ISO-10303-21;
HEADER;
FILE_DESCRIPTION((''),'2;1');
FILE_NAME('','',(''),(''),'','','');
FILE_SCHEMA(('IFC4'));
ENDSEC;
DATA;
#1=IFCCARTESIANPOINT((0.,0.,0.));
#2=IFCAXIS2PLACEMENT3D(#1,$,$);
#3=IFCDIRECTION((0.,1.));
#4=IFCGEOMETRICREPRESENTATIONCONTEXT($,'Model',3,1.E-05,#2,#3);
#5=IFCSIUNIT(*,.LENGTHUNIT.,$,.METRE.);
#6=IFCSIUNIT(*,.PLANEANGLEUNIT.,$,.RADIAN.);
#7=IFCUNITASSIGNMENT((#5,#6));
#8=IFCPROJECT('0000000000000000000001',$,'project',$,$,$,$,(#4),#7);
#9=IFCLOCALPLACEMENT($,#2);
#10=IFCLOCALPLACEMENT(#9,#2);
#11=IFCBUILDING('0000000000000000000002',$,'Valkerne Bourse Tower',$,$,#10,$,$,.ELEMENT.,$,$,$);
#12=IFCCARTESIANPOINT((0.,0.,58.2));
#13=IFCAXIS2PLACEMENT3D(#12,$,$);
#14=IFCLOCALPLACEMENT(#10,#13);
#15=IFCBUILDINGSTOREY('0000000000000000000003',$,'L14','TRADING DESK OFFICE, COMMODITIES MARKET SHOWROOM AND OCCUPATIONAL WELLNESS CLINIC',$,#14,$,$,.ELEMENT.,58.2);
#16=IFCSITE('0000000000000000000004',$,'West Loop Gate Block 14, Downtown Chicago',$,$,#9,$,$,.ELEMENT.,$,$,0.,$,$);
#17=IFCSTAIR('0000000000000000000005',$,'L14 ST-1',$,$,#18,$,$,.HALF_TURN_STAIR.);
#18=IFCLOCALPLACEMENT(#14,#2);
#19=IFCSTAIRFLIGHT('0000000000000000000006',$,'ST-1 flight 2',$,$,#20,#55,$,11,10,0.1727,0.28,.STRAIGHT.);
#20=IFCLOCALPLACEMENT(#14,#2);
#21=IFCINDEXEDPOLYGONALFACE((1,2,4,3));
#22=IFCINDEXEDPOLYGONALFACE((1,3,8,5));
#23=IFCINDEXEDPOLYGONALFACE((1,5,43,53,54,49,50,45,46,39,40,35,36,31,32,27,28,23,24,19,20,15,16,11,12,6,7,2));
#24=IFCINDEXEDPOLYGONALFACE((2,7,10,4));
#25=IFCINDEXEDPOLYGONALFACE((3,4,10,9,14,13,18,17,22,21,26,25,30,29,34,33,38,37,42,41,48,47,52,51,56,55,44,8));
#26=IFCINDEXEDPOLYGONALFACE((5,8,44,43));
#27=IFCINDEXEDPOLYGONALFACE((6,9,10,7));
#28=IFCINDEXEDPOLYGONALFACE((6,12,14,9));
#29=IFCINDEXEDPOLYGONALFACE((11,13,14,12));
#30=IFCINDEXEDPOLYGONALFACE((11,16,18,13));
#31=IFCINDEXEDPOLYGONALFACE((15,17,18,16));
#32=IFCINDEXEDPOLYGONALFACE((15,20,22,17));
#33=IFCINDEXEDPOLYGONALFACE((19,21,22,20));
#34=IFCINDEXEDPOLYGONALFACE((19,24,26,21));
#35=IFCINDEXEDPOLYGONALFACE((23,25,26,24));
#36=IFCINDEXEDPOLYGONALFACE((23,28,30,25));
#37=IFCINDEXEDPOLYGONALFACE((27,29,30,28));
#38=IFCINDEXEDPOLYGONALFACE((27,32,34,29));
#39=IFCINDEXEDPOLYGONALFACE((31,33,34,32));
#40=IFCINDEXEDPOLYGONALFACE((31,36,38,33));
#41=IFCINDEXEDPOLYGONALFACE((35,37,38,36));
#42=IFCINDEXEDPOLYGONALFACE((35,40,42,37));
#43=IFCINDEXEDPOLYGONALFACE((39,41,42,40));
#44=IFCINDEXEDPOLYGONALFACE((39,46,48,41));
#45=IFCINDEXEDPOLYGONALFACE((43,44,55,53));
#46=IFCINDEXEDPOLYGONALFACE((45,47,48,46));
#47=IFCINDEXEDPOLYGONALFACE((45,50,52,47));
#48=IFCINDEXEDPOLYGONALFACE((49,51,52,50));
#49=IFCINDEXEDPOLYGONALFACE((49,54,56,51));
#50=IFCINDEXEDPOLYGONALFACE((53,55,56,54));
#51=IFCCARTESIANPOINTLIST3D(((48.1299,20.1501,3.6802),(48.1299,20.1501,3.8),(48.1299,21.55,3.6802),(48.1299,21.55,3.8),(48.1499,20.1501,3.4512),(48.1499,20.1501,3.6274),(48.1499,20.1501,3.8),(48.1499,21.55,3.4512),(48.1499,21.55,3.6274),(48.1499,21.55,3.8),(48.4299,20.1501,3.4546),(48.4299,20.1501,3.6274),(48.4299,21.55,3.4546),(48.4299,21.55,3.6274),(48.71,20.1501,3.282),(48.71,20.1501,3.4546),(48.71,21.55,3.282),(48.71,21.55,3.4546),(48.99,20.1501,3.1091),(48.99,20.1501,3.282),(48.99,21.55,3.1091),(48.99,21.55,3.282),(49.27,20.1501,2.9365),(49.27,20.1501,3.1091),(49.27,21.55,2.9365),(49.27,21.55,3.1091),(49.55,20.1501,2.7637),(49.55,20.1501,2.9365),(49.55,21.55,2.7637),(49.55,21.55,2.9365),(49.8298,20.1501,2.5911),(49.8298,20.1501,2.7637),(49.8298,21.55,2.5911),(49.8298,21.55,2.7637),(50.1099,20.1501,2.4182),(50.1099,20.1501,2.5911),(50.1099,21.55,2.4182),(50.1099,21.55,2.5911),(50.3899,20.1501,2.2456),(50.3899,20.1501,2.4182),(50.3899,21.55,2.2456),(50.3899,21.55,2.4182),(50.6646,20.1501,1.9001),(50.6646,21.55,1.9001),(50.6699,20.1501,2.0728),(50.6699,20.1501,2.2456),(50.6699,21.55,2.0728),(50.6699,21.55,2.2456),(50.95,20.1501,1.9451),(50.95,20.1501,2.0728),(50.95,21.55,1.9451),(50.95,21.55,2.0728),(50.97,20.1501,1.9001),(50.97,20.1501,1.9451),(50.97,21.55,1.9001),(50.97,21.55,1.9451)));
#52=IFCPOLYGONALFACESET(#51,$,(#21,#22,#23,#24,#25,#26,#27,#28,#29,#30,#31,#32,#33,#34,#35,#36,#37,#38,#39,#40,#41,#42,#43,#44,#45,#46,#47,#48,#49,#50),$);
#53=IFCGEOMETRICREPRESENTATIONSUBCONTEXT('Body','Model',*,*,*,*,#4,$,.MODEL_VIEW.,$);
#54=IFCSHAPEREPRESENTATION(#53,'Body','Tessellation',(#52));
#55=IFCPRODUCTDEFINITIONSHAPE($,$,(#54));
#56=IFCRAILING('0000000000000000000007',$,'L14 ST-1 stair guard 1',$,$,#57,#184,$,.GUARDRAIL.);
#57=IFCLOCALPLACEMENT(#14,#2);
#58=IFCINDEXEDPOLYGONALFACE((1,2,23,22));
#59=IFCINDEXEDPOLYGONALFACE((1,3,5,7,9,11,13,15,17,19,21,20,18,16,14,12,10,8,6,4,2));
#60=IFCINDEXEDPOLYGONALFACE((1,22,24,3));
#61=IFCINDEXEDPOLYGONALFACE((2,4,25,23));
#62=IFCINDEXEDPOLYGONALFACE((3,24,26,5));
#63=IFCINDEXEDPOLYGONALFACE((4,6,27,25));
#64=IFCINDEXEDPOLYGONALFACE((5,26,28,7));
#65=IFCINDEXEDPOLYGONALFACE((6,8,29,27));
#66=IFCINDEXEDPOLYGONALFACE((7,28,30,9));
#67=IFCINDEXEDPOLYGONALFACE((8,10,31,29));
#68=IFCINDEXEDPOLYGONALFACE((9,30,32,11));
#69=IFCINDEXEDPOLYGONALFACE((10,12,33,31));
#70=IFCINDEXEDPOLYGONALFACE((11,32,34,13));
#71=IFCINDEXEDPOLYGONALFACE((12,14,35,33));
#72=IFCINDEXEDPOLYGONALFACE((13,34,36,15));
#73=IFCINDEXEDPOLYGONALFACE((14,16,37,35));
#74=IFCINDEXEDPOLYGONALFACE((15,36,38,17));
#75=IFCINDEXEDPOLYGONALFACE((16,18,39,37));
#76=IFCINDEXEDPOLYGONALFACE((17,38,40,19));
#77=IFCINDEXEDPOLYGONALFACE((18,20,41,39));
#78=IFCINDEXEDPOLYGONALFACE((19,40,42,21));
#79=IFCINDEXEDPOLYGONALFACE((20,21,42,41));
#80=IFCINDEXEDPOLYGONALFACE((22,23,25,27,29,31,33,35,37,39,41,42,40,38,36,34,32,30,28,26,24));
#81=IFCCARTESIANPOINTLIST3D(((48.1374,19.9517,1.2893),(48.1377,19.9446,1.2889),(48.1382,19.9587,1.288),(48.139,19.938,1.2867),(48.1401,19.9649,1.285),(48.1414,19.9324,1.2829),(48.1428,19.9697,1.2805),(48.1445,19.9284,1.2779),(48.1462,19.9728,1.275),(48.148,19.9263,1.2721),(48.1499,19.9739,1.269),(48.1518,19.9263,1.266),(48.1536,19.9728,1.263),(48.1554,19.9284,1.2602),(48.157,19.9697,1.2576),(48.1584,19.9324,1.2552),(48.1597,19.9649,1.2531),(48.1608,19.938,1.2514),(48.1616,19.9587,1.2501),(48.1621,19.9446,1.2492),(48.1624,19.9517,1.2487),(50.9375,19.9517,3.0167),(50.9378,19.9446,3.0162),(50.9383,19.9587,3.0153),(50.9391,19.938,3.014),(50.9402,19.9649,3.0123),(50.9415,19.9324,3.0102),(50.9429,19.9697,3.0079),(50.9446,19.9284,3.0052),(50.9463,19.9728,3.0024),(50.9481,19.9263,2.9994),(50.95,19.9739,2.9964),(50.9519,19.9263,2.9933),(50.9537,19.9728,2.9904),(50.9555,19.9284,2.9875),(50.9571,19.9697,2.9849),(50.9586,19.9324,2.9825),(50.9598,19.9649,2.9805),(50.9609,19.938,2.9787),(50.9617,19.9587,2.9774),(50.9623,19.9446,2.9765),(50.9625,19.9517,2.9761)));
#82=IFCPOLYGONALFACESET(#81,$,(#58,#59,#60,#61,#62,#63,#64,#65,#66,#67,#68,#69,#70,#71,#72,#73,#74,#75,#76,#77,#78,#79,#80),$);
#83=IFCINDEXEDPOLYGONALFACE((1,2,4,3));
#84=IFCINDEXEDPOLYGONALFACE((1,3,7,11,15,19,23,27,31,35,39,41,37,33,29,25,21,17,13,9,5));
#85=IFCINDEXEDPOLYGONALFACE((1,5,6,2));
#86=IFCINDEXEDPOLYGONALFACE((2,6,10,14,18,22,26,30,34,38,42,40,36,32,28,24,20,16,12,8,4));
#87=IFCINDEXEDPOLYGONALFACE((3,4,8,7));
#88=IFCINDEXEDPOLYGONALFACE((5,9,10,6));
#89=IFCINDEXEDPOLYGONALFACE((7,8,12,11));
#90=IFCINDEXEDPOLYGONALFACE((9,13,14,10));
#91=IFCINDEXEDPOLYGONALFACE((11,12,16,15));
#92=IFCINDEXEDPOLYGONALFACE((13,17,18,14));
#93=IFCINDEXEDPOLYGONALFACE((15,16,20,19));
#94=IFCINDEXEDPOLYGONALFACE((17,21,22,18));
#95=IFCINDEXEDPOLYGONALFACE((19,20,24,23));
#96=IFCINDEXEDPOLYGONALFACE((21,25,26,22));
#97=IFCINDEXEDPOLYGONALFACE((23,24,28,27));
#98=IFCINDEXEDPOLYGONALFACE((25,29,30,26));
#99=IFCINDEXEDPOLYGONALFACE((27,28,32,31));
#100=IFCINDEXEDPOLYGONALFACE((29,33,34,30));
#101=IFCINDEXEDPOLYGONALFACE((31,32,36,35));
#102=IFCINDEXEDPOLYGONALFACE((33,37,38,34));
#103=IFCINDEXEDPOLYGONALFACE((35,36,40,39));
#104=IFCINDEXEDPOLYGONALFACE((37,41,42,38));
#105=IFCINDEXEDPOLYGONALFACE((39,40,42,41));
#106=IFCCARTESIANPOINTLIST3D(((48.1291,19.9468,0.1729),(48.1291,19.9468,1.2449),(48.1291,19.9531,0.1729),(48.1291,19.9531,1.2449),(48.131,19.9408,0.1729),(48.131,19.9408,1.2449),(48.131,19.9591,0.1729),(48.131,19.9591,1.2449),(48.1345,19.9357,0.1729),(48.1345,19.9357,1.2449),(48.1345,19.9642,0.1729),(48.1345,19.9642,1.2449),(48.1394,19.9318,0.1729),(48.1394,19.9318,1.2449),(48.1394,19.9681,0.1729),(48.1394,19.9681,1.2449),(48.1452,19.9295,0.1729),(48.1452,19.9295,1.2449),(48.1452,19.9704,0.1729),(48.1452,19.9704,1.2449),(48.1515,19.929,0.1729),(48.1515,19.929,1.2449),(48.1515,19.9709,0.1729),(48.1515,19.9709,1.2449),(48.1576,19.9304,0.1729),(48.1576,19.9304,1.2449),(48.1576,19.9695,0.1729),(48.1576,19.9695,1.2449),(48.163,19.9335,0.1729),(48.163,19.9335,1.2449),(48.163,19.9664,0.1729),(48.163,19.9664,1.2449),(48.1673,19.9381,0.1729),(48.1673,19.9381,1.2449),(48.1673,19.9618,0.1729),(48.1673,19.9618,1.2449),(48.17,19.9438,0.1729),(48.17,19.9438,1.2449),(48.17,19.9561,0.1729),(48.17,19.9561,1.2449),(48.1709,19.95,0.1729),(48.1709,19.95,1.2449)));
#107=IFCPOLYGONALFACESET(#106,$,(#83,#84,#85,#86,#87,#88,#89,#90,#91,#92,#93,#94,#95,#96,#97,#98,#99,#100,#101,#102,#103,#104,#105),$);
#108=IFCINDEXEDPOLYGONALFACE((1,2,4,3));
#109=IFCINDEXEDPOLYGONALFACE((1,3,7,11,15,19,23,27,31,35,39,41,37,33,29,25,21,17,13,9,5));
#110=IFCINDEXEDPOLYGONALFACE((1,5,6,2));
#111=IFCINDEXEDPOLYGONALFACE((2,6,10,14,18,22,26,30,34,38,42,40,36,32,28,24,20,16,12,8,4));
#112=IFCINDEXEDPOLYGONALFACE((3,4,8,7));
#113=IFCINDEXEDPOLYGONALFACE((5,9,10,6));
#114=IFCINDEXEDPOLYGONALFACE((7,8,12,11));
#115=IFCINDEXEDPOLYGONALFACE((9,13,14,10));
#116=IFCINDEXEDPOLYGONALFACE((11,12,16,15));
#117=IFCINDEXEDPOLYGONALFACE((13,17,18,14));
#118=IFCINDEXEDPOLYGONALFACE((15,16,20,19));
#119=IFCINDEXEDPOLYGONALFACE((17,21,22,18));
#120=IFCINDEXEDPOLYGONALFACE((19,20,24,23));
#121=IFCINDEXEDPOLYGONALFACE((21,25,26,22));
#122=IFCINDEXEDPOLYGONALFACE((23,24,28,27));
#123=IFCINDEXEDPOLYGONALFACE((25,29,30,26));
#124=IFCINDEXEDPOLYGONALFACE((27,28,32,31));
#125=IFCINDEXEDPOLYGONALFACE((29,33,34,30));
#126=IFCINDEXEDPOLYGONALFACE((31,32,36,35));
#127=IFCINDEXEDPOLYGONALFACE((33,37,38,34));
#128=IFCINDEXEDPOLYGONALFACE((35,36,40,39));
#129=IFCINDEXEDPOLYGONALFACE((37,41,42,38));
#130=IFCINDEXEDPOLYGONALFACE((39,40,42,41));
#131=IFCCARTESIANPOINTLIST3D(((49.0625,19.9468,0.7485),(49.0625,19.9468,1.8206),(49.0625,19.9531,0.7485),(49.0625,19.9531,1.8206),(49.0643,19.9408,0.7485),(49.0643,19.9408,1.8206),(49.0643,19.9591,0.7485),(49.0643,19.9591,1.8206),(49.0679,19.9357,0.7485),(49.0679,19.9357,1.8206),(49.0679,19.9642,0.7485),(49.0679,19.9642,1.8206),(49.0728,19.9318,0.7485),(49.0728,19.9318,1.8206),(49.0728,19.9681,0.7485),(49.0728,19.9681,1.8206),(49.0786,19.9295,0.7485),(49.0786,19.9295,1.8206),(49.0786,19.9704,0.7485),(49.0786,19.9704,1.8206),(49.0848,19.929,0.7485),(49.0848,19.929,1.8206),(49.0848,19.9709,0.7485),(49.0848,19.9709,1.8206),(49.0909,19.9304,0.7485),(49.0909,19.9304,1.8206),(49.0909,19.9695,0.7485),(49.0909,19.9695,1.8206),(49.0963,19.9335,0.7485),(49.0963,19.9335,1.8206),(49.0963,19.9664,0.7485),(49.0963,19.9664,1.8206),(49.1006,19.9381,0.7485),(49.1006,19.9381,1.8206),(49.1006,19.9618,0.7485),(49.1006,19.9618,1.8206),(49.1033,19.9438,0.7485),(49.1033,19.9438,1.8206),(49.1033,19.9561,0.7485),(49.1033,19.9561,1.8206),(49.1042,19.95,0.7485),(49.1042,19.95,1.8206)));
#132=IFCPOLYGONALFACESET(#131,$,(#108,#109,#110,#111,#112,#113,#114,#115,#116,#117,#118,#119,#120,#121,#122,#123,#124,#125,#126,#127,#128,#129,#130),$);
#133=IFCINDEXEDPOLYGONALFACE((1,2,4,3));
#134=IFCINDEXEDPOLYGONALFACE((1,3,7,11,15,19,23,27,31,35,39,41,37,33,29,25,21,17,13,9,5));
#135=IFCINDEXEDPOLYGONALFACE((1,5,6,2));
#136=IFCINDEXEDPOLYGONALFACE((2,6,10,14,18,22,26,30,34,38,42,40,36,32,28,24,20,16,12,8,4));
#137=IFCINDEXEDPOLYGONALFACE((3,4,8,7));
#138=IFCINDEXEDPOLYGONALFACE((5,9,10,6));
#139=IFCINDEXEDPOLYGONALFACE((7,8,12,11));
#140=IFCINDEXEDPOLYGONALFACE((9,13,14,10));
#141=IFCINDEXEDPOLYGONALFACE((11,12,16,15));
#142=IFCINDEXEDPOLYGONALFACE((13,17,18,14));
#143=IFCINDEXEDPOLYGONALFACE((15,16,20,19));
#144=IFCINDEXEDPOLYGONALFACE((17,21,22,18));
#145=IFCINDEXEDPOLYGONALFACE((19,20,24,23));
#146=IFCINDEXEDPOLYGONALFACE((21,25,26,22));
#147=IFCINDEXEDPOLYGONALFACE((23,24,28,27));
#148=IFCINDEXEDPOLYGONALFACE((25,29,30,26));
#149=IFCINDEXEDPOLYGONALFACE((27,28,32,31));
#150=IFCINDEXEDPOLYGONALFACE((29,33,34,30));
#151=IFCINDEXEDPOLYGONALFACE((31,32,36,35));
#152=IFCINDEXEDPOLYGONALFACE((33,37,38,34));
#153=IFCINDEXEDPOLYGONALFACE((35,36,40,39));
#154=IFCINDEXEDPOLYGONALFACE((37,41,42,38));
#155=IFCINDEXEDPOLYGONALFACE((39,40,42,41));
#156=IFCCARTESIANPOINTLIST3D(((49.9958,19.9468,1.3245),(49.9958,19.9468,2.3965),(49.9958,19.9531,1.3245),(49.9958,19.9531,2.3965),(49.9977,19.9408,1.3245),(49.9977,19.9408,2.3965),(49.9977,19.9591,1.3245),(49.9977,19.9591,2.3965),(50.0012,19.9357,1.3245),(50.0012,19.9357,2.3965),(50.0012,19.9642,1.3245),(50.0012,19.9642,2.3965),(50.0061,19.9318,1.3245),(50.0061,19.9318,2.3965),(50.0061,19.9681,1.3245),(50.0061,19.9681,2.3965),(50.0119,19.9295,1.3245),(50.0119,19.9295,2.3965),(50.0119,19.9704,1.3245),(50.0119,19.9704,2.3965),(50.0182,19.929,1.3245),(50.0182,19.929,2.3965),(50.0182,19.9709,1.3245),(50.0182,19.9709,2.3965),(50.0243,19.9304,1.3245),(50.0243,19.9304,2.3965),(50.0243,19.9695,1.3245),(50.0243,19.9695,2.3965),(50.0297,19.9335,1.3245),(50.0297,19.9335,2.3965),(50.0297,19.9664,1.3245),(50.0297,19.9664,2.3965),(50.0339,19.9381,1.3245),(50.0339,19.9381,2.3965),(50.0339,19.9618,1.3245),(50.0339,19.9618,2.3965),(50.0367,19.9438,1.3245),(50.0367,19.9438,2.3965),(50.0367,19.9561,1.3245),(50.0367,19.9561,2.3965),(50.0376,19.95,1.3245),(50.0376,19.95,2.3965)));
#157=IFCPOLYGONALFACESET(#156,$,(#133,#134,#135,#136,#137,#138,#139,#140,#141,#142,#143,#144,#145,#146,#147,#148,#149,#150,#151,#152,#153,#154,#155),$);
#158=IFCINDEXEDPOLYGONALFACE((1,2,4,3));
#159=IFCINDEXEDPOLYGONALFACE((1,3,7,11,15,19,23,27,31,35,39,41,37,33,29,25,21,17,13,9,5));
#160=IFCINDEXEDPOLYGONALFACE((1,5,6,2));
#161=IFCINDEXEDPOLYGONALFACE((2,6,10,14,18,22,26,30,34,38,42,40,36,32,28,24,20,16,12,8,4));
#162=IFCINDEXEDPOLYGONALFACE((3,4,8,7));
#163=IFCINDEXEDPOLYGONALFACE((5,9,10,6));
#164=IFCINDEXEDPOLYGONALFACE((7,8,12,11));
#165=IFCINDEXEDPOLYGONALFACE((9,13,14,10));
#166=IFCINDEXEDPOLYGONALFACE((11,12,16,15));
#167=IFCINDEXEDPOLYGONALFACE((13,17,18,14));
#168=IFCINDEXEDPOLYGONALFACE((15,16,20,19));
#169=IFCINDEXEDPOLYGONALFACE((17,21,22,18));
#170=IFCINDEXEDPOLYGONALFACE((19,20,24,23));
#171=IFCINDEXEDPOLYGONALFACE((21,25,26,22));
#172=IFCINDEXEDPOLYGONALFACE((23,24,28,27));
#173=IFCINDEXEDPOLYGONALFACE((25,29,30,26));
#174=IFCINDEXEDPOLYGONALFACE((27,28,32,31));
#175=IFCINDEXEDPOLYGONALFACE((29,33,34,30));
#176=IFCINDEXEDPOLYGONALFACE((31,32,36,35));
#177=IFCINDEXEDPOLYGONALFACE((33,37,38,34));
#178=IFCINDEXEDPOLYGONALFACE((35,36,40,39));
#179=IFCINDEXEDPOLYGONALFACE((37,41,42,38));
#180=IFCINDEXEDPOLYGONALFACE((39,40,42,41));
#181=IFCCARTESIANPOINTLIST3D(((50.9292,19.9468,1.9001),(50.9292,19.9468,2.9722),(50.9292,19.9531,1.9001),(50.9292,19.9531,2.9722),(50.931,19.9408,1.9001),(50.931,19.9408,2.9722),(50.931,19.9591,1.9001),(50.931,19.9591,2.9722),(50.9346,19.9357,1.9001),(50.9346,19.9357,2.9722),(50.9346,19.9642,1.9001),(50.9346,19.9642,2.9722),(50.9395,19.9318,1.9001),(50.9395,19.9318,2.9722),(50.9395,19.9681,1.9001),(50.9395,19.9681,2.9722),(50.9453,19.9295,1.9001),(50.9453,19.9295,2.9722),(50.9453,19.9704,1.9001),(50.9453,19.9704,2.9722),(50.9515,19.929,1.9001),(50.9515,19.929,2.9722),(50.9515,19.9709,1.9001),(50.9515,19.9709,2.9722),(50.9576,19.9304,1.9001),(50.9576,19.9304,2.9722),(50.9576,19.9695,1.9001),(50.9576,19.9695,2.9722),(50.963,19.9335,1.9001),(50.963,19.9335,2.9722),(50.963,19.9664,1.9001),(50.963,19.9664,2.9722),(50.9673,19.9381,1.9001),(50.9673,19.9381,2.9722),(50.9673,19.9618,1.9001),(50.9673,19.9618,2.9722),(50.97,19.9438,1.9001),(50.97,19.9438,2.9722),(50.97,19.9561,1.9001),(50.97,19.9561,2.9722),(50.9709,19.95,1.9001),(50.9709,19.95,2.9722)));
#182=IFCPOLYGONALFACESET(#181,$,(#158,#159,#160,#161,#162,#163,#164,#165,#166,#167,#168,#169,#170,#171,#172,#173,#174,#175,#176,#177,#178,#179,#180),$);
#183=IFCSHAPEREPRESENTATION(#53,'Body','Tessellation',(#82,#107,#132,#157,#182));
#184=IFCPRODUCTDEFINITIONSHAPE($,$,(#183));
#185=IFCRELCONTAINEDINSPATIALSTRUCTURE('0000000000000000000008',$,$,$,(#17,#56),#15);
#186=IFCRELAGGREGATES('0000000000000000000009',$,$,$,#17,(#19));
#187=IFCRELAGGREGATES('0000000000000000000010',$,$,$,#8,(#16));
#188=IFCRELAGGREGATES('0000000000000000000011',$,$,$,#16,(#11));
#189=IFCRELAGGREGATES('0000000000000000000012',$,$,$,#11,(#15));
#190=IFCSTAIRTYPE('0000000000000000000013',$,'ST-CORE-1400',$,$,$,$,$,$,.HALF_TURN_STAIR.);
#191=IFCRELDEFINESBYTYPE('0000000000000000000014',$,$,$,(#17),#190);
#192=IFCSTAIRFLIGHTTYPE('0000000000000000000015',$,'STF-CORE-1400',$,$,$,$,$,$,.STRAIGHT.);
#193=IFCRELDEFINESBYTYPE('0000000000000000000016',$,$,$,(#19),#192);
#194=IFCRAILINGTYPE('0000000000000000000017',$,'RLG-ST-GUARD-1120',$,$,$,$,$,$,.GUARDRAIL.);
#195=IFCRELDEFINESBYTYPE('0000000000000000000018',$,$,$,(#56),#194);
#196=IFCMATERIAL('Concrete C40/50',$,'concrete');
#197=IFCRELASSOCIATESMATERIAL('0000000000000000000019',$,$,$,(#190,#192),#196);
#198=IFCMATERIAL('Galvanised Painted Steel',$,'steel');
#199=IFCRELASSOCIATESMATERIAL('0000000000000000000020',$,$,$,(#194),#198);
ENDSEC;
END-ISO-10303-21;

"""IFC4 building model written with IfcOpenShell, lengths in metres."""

from ifc_helpers import new_model, si_unit, direction, frame, origin, origin_2d, place, context, subcontext, project, spatial, polyline, circle, outline, extrude, material, type_object, element, aggregate, save


model = new_model("IFC4")

# Units and contexts
model_context = context("Model", 3, precision=1e-05, world=origin(), true_north=direction((0.0, 1.0)))
body_context = subcontext(model_context, "Body", "Model", "MODEL_VIEW")
ifc_project = project(units=[si_unit("LENGTHUNIT", "METRE"), si_unit("PLANEANGLEUNIT", "RADIAN")], contexts=[model_context])

# Site, building, storey
site_placement = place(None, origin())
site = spatial("IfcSite", under=ifc_project, at=site_placement, Name="West Loop Gate Block 14, Downtown Chicago", CompositionType="ELEMENT", RefElevation=0.0)
building_placement = place(site_placement, origin())
building = spatial("IfcBuilding", under=site, at=building_placement, Name="Valkerne Bourse Tower", CompositionType="ELEMENT")
storey_placement = place(building_placement, frame((0.0, 0.0, 58.2)))
storey = spatial("IfcBuildingStorey", under=building, at=storey_placement, Name="L14", Description="TRADING DESK OFFICE, COMMODITIES MARKET SHOWROOM AND OCCUPATIONAL WELLNESS CLINIC", CompositionType="ELEMENT", Elevation=58.2)

# Shared definitions
ifc_material_1 = material(Name="Galvanised Painted Steel", Category="steel")

# Stair, stair flight
ifc_material_2 = material(Name="Concrete C40/50", Category="concrete")
stair_type = type_object("IfcStairType", Name="ST-CORE-1400", PredefinedType="HALF_TURN_STAIR", material=ifc_material_2)
stair_placement = place(storey_placement, origin())
stair = element("IfcStair", 1, at=stair_placement, inside=storey, type_object=stair_type, Name="L14 ST-1", PredefinedType="HALF_TURN_STAIR")
stair_flight_type = type_object("IfcStairFlightType", Name="STF-CORE-1400", PredefinedType="STRAIGHT", material=ifc_material_2)
stair_flight_1_placement = place(storey_placement, frame((50.95, 20.8501, 1.9001), z_axis=(0.0, 0.0, 1.0), x_axis=(-1.0, 0.0, 0.0)))
stair_flight_1 = element("IfcStairFlight", 2, at=stair_flight_1_placement, type_object=stair_flight_type, Name="ST-1 flight 2", NumberOfRisers=11, NumberOfTreads=10, PredefinedType="STRAIGHT", RiserHeight=0.1727, TreadLength=0.28, context=body_context, shape_type="SweptSolid", body=[
    extrude(outline(polyline([(-0.02, 0.0), (-0.02, 0.0449), (0.0, 0.0449), (0.0, 0.1726), (0.28, 0.1726), (0.28, 0.3455), (0.5601, 0.3455), (0.5601, 0.5181), (0.8401, 0.5181), (0.8401, 0.6909), (1.1201, 0.6909), (1.1201, 0.8635), (1.3999, 0.8635), (1.3999, 1.0364), (1.6799, 1.0364), (1.6799, 1.209), (1.96, 1.209), (1.96, 1.3818), (2.24, 1.3818), (2.24, 1.5544), (2.52, 1.5544), (2.52, 1.7273), (2.8, 1.7273), (2.8, 1.8999), (2.8201, 1.8999), (2.8201, 1.78), (2.8, 1.551), (0.2854, 0.0), (-0.02, 0.0)])), frame((0.0, 0.7, 0.0), z_axis=(0.0, -1.0, 0.0), x_axis=(1.0, 0.0, 0.0)), (0.0, 0.0, 1.0), 1.3999),
])
aggregate(stair, [stair_flight_1])

# Railing
railing_type_1 = type_object("IfcRailingType", Name="RLG-ST-GUARD-1120", PredefinedType="GUARDRAIL", material=ifc_material_1)
railing_1_placement = place(storey_placement, frame((48.1499, 19.95, 0.1729)))
element("IfcRailing", 3, at=railing_1_placement, inside=storey, type_object=railing_type_1, Name="L14 ST-1 stair guard 1", PredefinedType="GUARDRAIL", context=body_context, shape_type="SweptSolid", body=[
    extrude(circle(Radius=0.0239, at=origin_2d()), frame((0.0, 0.0, 1.0962), z_axis=(0.85109, 0.0, 0.52502), x_axis=(0.0, 1.0, 0.0)), (0.0, 0.0, 1.0), 3.29),
    extrude(circle(Radius=0.021, at=origin_2d()), origin(), (0.0, 0.0, 1.0), 1.072),
    extrude(circle(Radius=0.021, at=origin_2d()), frame((0.9333, 0.0, 0.5757)), (0.0, 0.0, 1.0), 1.072),
    extrude(circle(Radius=0.021, at=origin_2d()), frame((1.8667, 0.0, 1.1516)), (0.0, 0.0, 1.0), 1.072),
    extrude(circle(Radius=0.021, at=origin_2d()), frame((2.8, 0.0, 1.7273)), (0.0, 0.0, 1.0), 1.072),
])

save(model, "model.ifc")
